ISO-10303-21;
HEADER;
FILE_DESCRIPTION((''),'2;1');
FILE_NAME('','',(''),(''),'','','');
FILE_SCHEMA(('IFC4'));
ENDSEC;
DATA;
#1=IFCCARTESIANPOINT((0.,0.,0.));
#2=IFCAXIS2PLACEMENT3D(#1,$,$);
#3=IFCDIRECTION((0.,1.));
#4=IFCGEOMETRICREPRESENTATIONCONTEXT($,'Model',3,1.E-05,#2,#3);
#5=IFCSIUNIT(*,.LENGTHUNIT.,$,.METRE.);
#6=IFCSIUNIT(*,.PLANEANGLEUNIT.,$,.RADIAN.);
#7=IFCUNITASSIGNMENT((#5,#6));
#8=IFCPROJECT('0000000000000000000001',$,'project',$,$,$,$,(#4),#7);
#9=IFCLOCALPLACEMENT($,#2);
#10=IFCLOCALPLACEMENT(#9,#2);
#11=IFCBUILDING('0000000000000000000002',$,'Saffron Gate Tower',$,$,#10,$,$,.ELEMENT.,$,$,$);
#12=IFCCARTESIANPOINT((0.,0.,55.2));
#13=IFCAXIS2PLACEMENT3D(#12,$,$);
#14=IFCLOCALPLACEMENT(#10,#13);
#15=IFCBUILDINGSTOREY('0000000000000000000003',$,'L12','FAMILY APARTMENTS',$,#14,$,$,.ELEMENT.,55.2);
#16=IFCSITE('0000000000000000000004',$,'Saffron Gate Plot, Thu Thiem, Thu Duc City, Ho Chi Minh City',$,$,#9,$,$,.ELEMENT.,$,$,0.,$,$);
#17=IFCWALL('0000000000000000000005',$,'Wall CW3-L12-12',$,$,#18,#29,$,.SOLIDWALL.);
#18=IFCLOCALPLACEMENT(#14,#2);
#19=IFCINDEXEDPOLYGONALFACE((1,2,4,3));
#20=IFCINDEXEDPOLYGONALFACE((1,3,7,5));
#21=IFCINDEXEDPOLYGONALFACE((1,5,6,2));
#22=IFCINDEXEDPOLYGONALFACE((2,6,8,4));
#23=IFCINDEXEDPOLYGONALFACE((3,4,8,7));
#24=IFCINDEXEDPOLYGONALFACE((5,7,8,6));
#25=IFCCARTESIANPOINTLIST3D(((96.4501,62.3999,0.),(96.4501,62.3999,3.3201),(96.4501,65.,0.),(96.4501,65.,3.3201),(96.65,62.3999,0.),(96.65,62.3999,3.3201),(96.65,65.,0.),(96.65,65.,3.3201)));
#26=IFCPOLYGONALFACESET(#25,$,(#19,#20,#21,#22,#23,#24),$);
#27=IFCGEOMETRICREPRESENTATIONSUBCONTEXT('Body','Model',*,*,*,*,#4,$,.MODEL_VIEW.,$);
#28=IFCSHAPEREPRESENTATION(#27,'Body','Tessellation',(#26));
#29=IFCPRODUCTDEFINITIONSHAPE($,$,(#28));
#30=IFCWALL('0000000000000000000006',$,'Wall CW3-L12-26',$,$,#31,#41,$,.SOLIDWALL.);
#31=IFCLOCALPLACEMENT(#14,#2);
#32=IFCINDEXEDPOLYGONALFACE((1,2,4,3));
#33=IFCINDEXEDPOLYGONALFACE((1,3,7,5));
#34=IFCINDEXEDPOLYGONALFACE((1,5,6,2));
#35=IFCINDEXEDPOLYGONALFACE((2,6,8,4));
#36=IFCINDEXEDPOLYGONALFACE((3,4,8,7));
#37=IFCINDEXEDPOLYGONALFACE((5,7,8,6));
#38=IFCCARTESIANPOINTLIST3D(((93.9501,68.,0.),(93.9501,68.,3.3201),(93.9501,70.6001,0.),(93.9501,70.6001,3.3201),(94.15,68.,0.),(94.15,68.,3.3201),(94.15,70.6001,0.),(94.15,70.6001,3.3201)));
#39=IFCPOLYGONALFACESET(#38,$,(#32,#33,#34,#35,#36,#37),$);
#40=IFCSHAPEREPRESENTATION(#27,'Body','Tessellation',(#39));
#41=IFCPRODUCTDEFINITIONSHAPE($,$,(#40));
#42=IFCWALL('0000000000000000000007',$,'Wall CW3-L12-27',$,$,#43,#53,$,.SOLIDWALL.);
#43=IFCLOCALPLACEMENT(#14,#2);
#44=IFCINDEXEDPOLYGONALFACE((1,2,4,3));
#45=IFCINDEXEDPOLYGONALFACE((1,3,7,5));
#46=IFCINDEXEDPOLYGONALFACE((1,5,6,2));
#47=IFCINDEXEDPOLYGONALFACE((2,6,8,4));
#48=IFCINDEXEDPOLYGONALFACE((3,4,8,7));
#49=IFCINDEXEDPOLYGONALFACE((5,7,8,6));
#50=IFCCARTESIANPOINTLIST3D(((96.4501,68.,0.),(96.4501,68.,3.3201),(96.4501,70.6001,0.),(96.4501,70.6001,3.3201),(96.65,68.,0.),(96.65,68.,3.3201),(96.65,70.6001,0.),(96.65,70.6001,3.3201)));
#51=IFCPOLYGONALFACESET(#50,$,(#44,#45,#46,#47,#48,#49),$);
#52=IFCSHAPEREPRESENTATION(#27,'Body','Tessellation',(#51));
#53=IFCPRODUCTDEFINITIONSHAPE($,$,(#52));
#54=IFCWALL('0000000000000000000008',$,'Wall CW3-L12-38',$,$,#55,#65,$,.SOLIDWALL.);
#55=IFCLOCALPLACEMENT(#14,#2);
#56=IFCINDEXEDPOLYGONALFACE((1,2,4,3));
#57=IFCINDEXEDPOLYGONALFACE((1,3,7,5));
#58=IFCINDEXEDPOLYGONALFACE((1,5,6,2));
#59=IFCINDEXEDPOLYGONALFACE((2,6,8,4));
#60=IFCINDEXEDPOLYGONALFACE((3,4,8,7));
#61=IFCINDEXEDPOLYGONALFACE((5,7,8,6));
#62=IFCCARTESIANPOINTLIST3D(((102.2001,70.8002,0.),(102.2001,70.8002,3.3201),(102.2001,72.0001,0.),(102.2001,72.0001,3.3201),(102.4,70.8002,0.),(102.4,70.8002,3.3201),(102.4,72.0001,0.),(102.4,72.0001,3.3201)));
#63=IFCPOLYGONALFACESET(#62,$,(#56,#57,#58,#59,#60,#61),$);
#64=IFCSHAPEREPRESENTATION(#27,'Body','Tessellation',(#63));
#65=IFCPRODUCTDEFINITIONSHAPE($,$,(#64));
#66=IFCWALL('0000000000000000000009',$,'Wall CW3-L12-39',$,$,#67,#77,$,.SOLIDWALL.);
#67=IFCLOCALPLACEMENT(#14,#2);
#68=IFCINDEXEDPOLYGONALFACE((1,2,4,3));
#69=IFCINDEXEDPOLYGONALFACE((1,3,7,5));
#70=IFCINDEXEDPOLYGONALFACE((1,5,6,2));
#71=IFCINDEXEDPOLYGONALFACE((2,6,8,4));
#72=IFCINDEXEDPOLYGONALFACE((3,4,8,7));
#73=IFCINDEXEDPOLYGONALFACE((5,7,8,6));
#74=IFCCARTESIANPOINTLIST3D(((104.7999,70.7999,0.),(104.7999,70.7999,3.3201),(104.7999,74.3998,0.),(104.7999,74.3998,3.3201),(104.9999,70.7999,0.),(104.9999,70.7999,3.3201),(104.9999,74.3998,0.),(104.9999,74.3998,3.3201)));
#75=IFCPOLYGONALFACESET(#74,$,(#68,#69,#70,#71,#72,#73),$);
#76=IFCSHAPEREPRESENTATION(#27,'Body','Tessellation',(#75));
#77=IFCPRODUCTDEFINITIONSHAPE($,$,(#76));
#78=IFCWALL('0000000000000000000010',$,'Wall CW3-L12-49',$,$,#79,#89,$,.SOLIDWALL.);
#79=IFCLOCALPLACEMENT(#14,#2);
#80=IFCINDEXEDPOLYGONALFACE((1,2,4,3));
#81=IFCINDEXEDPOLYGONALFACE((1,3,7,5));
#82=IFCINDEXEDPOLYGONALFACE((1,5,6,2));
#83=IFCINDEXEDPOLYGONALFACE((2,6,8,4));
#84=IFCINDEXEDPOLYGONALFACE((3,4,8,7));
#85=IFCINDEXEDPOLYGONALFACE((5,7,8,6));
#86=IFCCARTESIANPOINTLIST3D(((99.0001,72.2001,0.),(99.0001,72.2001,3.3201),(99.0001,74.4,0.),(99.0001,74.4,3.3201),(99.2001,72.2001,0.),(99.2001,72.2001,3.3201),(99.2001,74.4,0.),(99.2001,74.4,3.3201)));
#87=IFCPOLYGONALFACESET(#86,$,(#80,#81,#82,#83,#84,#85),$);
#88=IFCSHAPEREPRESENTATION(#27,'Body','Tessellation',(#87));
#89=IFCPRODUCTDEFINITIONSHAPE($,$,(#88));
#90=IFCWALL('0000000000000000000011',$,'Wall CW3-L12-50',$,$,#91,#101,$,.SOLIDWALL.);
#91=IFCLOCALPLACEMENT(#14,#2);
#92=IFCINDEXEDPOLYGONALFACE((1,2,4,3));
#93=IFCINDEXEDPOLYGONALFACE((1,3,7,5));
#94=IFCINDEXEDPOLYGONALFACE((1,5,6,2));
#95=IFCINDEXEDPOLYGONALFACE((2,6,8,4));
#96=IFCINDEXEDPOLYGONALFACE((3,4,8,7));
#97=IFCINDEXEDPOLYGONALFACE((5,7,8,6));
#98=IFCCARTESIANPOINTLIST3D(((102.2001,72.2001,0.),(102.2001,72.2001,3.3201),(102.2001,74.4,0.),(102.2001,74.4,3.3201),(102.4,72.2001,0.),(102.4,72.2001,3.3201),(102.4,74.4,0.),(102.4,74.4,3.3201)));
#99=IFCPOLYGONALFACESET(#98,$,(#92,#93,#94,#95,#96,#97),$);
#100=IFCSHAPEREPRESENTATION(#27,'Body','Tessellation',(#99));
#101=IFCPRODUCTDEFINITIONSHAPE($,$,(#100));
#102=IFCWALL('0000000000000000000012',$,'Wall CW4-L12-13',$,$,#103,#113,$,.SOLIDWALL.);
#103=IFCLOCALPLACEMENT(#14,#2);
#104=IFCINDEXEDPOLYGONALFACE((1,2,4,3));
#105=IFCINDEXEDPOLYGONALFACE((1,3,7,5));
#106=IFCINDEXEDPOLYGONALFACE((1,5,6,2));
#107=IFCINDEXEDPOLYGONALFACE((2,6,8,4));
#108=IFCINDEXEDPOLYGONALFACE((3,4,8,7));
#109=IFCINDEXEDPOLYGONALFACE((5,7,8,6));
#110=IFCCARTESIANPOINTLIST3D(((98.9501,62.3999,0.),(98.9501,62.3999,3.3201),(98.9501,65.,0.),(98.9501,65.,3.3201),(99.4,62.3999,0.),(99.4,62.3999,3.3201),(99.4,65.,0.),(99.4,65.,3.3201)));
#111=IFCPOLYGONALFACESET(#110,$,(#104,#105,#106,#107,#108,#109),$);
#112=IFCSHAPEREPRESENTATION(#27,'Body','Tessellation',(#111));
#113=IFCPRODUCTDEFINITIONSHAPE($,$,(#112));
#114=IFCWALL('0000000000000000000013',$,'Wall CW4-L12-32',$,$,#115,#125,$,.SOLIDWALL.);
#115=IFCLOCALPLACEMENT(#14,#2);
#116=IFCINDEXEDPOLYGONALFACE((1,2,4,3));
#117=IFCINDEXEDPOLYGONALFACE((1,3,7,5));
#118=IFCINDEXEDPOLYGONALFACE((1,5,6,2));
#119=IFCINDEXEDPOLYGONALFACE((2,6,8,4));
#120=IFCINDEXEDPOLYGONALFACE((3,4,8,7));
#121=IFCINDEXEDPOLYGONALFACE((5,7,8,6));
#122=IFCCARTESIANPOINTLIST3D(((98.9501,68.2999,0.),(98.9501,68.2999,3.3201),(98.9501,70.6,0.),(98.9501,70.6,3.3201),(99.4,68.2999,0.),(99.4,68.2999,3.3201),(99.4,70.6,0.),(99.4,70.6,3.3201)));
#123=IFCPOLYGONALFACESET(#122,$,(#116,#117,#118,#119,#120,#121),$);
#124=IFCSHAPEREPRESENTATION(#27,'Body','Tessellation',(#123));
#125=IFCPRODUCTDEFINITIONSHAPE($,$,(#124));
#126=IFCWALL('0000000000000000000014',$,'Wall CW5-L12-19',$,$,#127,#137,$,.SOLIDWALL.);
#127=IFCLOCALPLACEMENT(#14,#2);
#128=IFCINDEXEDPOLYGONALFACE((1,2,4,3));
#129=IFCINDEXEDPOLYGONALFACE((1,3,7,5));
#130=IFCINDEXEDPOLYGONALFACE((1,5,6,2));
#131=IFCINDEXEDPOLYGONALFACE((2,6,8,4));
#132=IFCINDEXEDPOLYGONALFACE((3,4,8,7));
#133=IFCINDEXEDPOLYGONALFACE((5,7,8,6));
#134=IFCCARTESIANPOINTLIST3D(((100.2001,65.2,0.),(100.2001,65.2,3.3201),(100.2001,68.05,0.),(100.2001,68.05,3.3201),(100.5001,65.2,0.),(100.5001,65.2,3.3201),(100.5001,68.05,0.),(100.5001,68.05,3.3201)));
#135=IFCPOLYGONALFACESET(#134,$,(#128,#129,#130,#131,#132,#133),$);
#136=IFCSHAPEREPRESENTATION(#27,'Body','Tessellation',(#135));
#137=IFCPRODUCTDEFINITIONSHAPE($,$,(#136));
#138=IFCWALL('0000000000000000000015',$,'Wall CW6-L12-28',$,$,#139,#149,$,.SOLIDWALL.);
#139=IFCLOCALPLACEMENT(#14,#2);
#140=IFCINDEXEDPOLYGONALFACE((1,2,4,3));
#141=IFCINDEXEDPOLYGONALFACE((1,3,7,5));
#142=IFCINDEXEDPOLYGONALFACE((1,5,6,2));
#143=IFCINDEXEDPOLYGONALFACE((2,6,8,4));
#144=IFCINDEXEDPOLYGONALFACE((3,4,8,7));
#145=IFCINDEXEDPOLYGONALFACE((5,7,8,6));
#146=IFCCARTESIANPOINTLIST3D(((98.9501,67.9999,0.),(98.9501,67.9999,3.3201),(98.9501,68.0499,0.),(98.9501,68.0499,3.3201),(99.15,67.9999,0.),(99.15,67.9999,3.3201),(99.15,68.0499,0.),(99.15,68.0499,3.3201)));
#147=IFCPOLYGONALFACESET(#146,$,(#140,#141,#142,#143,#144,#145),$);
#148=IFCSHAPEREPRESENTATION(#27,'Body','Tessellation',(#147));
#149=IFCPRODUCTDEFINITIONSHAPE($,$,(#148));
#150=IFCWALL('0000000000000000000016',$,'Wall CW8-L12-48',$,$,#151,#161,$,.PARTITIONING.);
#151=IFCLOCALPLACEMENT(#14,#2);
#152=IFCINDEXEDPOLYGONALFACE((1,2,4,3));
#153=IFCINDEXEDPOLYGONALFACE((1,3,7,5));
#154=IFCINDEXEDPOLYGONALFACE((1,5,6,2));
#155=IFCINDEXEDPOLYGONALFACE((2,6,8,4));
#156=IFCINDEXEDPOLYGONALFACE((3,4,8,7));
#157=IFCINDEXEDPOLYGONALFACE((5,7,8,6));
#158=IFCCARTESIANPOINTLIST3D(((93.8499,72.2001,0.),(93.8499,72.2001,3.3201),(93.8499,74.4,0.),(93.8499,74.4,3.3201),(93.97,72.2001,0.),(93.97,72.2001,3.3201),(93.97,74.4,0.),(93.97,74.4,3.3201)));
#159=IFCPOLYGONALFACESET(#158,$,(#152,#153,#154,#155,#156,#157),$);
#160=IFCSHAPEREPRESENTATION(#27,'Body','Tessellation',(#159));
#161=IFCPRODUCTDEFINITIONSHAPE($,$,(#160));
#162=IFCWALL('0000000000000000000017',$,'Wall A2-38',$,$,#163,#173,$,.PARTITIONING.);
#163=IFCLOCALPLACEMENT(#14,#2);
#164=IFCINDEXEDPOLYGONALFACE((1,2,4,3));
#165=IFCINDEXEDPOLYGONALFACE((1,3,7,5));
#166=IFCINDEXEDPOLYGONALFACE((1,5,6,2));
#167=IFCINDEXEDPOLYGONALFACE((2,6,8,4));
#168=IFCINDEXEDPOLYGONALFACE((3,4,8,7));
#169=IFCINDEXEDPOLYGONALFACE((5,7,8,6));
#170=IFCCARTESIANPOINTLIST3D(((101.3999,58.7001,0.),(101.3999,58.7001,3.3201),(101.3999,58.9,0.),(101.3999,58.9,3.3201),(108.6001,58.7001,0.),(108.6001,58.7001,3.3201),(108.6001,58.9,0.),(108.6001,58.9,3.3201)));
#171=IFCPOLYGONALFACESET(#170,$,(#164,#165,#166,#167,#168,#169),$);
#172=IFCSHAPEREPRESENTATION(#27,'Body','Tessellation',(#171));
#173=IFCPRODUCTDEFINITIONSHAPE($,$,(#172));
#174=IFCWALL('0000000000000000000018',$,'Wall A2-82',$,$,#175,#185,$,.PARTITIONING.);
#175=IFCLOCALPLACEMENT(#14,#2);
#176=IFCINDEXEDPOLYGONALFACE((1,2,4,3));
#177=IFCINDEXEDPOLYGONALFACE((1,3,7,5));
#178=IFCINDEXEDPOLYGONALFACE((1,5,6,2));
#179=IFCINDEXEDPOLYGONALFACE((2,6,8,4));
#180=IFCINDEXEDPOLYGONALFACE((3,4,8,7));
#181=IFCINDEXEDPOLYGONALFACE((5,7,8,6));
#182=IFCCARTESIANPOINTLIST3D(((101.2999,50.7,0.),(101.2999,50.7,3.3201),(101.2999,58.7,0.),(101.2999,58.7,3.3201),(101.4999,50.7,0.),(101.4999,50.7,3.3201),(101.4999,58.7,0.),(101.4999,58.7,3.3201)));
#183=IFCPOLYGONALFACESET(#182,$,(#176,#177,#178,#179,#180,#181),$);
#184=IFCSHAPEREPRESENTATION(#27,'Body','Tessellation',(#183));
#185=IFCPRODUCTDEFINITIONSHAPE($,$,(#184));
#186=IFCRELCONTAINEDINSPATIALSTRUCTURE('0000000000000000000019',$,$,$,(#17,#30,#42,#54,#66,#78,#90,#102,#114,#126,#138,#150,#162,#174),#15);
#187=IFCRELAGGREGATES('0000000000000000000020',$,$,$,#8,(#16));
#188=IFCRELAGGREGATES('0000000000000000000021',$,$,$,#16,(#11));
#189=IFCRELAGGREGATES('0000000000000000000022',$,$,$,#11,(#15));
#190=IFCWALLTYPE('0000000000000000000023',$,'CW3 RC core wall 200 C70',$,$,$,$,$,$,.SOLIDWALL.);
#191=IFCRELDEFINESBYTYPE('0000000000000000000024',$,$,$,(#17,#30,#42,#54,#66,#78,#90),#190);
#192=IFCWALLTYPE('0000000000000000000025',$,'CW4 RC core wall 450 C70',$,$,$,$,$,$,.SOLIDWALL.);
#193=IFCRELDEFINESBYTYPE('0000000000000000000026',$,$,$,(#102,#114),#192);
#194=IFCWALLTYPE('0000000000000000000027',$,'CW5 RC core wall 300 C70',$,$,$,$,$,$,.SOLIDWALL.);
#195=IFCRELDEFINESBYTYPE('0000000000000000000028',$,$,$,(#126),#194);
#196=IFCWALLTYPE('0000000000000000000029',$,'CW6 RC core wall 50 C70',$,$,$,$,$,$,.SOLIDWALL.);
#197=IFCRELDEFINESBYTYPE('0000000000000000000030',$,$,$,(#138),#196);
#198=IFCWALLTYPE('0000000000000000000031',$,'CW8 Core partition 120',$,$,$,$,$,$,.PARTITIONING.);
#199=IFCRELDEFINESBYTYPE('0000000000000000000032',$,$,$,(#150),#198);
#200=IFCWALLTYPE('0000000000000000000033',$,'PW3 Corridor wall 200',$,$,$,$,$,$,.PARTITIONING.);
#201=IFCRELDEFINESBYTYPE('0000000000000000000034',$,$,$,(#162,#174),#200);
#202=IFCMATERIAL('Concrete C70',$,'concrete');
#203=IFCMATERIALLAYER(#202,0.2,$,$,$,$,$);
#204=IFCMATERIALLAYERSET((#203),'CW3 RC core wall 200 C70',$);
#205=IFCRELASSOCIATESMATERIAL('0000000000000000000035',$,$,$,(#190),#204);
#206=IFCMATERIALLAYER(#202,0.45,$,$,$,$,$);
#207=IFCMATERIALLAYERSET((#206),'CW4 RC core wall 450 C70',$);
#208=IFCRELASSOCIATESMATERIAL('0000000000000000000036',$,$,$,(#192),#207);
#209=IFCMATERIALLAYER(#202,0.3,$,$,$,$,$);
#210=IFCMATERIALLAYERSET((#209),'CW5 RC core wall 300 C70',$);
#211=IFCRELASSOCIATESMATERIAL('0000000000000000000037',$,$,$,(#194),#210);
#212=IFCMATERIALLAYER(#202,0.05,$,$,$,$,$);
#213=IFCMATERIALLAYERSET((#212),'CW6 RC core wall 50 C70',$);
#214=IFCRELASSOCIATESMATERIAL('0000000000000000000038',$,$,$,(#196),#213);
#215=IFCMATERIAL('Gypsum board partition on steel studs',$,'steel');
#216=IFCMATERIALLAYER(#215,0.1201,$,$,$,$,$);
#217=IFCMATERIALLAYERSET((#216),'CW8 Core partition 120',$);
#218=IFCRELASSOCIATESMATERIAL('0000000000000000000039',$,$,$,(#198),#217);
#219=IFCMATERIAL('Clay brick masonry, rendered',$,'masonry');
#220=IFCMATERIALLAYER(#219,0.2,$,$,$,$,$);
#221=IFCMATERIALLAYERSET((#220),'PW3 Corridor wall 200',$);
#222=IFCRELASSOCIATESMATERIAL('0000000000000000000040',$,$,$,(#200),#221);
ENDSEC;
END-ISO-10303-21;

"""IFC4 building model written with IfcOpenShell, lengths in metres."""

from ifc_helpers import new_model, si_unit, direction, frame, frame_2d, origin, place, context, subcontext, project, spatial, rectangle, extrude, material, layer, layer_set, type_object, element, save


model = new_model("IFC4")

# Units and contexts
model_context = context("Model", 3, precision=1e-05, world=origin(), true_north=direction((0.0, 1.0)))
body_context = subcontext(model_context, "Body", "Model", "MODEL_VIEW")
ifc_project = project(units=[si_unit("LENGTHUNIT", "METRE"), si_unit("PLANEANGLEUNIT", "RADIAN")], contexts=[model_context])

# Site, building, storey
site_placement = place(None, origin())
site = spatial("IfcSite", under=ifc_project, at=site_placement, Name="Saffron Gate Plot, Thu Thiem, Thu Duc City, Ho Chi Minh City", CompositionType="ELEMENT", RefElevation=0.0)
building_placement = place(site_placement, origin())
building = spatial("IfcBuilding", under=site, at=building_placement, Name="Saffron Gate Tower", CompositionType="ELEMENT")
storey_placement = place(building_placement, frame((0.0, 0.0, 55.2)))
storey = spatial("IfcBuildingStorey", under=building, at=storey_placement, Name="L12", Description="FAMILY APARTMENTS", CompositionType="ELEMENT", Elevation=55.2)

# Shared definitions
ifc_material_1 = material(Name="Concrete C70", Category="concrete")

# Walls
ifc_layer_1 = layer(ifc_material_1, 0.2)
ifc_layer_set_1 = layer_set([ifc_layer_1], Name="CW3 RC core wall 200 C70")
wall_type_1 = type_object("IfcWallType", Name="CW3 RC core wall 200 C70", PredefinedType="SOLIDWALL", material=ifc_layer_set_1)
for number, where, z_axis, x_axis, name in (
    (1, (96.55, 62.3999, 0.0), (0.0, 0.0, 1.0), (0.0, 1.0, 0.0), "Wall CW3-L12-12"),
    (2, (94.05, 68.0, 0.0), (0.0, 0.0, 1.0), (0.0, 1.0, 0.0), "Wall CW3-L12-26"),
    (3, (96.55, 68.0, 0.0), (0.0, 0.0, 1.0), (0.0, 1.0, 0.0), "Wall CW3-L12-27"),
):
    element("IfcWall", number, at=place(storey_placement, frame(where, z_axis=z_axis, x_axis=x_axis)), inside=storey, type_object=wall_type_1, Name=name, PredefinedType="SOLIDWALL", context=body_context, shape_type="SweptSolid", body=[
        extrude(rectangle(XDim=2.6001, YDim=0.2, at=frame_2d((1.3, 0.0))), origin(), (0.0, 0.0, 1.0), 3.3201),
    ])
wall_1_placement = place(storey_placement, frame((102.3, 70.8, 0.0), z_axis=(0.0, 0.0, 1.0), x_axis=(0.0, 1.0, 0.0)))
element("IfcWall", 4, at=wall_1_placement, inside=storey, type_object=wall_type_1, Name="Wall CW3-L12-38", PredefinedType="SOLIDWALL", context=body_context, shape_type="SweptSolid", body=[
    extrude(rectangle(XDim=1.2, YDim=0.2, at=frame_2d((0.6001, 0.0))), origin(), (0.0, 0.0, 1.0), 3.3201),
])
wall_2_placement = place(storey_placement, frame((104.8999, 70.8, 0.0), z_axis=(0.0, 0.0, 1.0), x_axis=(0.0, 1.0, 0.0)))
element("IfcWall", 5, at=wall_2_placement, inside=storey, type_object=wall_type_1, Name="Wall CW3-L12-39", PredefinedType="SOLIDWALL", context=body_context, shape_type="SweptSolid", body=[
    extrude(rectangle(XDim=3.5999, YDim=0.2, at=frame_2d((1.7998, 0.0))), origin(), (0.0, 0.0, 1.0), 3.3201),
])
for number, where, z_axis, x_axis, name in (
    (6, (99.1001, 72.2, 0.0), (0.0, 0.0, 1.0), (0.0, 1.0, 0.0), "Wall CW3-L12-49"),
    (7, (102.3, 72.2, 0.0), (0.0, 0.0, 1.0), (0.0, 1.0, 0.0), "Wall CW3-L12-50"),
):
    element("IfcWall", number, at=place(storey_placement, frame(where, z_axis=z_axis, x_axis=x_axis)), inside=storey, type_object=wall_type_1, Name=name, PredefinedType="SOLIDWALL", context=body_context, shape_type="SweptSolid", body=[
        extrude(rectangle(XDim=2.2, YDim=0.2, at=frame_2d((1.1001, 0.0))), origin(), (0.0, 0.0, 1.0), 3.3201),
    ])
ifc_layer_2 = layer(ifc_material_1, 0.45)
ifc_layer_set_2 = layer_set([ifc_layer_2], Name="CW4 RC core wall 450 C70")
wall_type_2 = type_object("IfcWallType", Name="CW4 RC core wall 450 C70", PredefinedType="SOLIDWALL", material=ifc_layer_set_2)
wall_3_placement = place(storey_placement, frame((99.175, 62.3999, 0.0), z_axis=(0.0, 0.0, 1.0), x_axis=(0.0, 1.0, 0.0)))
element("IfcWall", 8, at=wall_3_placement, inside=storey, type_object=wall_type_2, Name="Wall CW4-L12-13", PredefinedType="SOLIDWALL", context=body_context, shape_type="SweptSolid", body=[
    extrude(rectangle(XDim=2.6001, YDim=0.45, at=frame_2d((1.3, 0.0))), origin(), (0.0, 0.0, 1.0), 3.3201),
])
wall_4_placement = place(storey_placement, frame((99.175, 68.3, 0.0), z_axis=(0.0, 0.0, 1.0), x_axis=(0.0, 1.0, 0.0)))
element("IfcWall", 9, at=wall_4_placement, inside=storey, type_object=wall_type_2, Name="Wall CW4-L12-32", PredefinedType="SOLIDWALL", context=body_context, shape_type="SweptSolid", body=[
    extrude(rectangle(XDim=2.3, YDim=0.45, at=frame_2d((1.1499, 0.0))), origin(), (0.0, 0.0, 1.0), 3.3201),
])
ifc_layer_3 = layer(ifc_material_1, 0.3)
ifc_layer_set_3 = layer_set([ifc_layer_3], Name="CW5 RC core wall 300 C70")
wall_type_3 = type_object("IfcWallType", Name="CW5 RC core wall 300 C70", PredefinedType="SOLIDWALL", material=ifc_layer_set_3)
wall_5_placement = place(storey_placement, frame((100.3501, 65.2, 0.0), z_axis=(0.0, 0.0, 1.0), x_axis=(0.0, 1.0, 0.0)))
element("IfcWall", 10, at=wall_5_placement, inside=storey, type_object=wall_type_3, Name="Wall CW5-L12-19", PredefinedType="SOLIDWALL", context=body_context, shape_type="SweptSolid", body=[
    extrude(rectangle(XDim=2.8501, YDim=0.3, at=frame_2d((1.425, 0.0))), origin(), (0.0, 0.0, 1.0), 3.3201),
])
ifc_layer_4 = layer(ifc_material_1, 0.05)
ifc_layer_set_4 = layer_set([ifc_layer_4], Name="CW6 RC core wall 50 C70")
wall_type_4 = type_object("IfcWallType", Name="CW6 RC core wall 50 C70", PredefinedType="SOLIDWALL", material=ifc_layer_set_4)
wall_6_placement = place(storey_placement, frame((98.95, 68.0249, 0.0), z_axis=(0.0, 0.0, 1.0), x_axis=(1.0, 0.0, 0.0)))
element("IfcWall", 11, at=wall_6_placement, inside=storey, type_object=wall_type_4, Name="Wall CW6-L12-28", PredefinedType="SOLIDWALL", context=body_context, shape_type="SweptSolid", body=[
    extrude(rectangle(XDim=0.2, YDim=0.05, at=frame_2d((0.1001, 0.0))), origin(), (0.0, 0.0, 1.0), 3.3201),
])
ifc_material_2 = material(Name="Gypsum board partition on steel studs", Category="steel")
ifc_layer_5 = layer(ifc_material_2, 0.1201)
ifc_layer_set_5 = layer_set([ifc_layer_5], Name="CW8 Core partition 120")
wall_type_5 = type_object("IfcWallType", Name="CW8 Core partition 120", PredefinedType="PARTITIONING", material=ifc_layer_set_5)
wall_7_placement = place(storey_placement, frame((93.9099, 72.2, 0.0), z_axis=(0.0, 0.0, 1.0), x_axis=(0.0, 1.0, 0.0)))
element("IfcWall", 12, at=wall_7_placement, inside=storey, type_object=wall_type_5, Name="Wall CW8-L12-48", PredefinedType="PARTITIONING", context=body_context, shape_type="SweptSolid", body=[
    extrude(rectangle(XDim=2.2, YDim=0.1201, at=frame_2d((1.1001, 0.0))), origin(), (0.0, 0.0, 1.0), 3.3201),
])
ifc_material_3 = material(Name="Clay brick masonry, rendered", Category="masonry")
ifc_layer_6 = layer(ifc_material_3, 0.2)
ifc_layer_set_6 = layer_set([ifc_layer_6], Name="PW3 Corridor wall 200")
wall_type_6 = type_object("IfcWallType", Name="PW3 Corridor wall 200", PredefinedType="PARTITIONING", material=ifc_layer_set_6)
wall_8_placement = place(storey_placement, frame((101.3999, 58.8, 0.0), z_axis=(0.0, 0.0, 1.0), x_axis=(1.0, 0.0, 0.0)))
element("IfcWall", 13, at=wall_8_placement, inside=storey, type_object=wall_type_6, Name="Wall A2-38", PredefinedType="PARTITIONING", context=body_context, shape_type="SweptSolid", body=[
    extrude(rectangle(XDim=7.2002, YDim=0.2, at=frame_2d((3.6001, 0.0))), origin(), (0.0, 0.0, 1.0), 3.3201),
])
wall_9_placement = place(storey_placement, frame((101.3999, 58.7, 0.0), z_axis=(0.0, 0.0, 1.0), x_axis=(0.0, -1.0, 0.0)))
element("IfcWall", 14, at=wall_9_placement, inside=storey, type_object=wall_type_6, Name="Wall A2-82", PredefinedType="PARTITIONING", context=body_context, shape_type="SweptSolid", body=[
    extrude(rectangle(XDim=8.0, YDim=0.2, at=frame_2d((4.0, 0.0))), origin(), (0.0, 0.0, 1.0), 3.3201),
])

save(model, "model.ifc")
